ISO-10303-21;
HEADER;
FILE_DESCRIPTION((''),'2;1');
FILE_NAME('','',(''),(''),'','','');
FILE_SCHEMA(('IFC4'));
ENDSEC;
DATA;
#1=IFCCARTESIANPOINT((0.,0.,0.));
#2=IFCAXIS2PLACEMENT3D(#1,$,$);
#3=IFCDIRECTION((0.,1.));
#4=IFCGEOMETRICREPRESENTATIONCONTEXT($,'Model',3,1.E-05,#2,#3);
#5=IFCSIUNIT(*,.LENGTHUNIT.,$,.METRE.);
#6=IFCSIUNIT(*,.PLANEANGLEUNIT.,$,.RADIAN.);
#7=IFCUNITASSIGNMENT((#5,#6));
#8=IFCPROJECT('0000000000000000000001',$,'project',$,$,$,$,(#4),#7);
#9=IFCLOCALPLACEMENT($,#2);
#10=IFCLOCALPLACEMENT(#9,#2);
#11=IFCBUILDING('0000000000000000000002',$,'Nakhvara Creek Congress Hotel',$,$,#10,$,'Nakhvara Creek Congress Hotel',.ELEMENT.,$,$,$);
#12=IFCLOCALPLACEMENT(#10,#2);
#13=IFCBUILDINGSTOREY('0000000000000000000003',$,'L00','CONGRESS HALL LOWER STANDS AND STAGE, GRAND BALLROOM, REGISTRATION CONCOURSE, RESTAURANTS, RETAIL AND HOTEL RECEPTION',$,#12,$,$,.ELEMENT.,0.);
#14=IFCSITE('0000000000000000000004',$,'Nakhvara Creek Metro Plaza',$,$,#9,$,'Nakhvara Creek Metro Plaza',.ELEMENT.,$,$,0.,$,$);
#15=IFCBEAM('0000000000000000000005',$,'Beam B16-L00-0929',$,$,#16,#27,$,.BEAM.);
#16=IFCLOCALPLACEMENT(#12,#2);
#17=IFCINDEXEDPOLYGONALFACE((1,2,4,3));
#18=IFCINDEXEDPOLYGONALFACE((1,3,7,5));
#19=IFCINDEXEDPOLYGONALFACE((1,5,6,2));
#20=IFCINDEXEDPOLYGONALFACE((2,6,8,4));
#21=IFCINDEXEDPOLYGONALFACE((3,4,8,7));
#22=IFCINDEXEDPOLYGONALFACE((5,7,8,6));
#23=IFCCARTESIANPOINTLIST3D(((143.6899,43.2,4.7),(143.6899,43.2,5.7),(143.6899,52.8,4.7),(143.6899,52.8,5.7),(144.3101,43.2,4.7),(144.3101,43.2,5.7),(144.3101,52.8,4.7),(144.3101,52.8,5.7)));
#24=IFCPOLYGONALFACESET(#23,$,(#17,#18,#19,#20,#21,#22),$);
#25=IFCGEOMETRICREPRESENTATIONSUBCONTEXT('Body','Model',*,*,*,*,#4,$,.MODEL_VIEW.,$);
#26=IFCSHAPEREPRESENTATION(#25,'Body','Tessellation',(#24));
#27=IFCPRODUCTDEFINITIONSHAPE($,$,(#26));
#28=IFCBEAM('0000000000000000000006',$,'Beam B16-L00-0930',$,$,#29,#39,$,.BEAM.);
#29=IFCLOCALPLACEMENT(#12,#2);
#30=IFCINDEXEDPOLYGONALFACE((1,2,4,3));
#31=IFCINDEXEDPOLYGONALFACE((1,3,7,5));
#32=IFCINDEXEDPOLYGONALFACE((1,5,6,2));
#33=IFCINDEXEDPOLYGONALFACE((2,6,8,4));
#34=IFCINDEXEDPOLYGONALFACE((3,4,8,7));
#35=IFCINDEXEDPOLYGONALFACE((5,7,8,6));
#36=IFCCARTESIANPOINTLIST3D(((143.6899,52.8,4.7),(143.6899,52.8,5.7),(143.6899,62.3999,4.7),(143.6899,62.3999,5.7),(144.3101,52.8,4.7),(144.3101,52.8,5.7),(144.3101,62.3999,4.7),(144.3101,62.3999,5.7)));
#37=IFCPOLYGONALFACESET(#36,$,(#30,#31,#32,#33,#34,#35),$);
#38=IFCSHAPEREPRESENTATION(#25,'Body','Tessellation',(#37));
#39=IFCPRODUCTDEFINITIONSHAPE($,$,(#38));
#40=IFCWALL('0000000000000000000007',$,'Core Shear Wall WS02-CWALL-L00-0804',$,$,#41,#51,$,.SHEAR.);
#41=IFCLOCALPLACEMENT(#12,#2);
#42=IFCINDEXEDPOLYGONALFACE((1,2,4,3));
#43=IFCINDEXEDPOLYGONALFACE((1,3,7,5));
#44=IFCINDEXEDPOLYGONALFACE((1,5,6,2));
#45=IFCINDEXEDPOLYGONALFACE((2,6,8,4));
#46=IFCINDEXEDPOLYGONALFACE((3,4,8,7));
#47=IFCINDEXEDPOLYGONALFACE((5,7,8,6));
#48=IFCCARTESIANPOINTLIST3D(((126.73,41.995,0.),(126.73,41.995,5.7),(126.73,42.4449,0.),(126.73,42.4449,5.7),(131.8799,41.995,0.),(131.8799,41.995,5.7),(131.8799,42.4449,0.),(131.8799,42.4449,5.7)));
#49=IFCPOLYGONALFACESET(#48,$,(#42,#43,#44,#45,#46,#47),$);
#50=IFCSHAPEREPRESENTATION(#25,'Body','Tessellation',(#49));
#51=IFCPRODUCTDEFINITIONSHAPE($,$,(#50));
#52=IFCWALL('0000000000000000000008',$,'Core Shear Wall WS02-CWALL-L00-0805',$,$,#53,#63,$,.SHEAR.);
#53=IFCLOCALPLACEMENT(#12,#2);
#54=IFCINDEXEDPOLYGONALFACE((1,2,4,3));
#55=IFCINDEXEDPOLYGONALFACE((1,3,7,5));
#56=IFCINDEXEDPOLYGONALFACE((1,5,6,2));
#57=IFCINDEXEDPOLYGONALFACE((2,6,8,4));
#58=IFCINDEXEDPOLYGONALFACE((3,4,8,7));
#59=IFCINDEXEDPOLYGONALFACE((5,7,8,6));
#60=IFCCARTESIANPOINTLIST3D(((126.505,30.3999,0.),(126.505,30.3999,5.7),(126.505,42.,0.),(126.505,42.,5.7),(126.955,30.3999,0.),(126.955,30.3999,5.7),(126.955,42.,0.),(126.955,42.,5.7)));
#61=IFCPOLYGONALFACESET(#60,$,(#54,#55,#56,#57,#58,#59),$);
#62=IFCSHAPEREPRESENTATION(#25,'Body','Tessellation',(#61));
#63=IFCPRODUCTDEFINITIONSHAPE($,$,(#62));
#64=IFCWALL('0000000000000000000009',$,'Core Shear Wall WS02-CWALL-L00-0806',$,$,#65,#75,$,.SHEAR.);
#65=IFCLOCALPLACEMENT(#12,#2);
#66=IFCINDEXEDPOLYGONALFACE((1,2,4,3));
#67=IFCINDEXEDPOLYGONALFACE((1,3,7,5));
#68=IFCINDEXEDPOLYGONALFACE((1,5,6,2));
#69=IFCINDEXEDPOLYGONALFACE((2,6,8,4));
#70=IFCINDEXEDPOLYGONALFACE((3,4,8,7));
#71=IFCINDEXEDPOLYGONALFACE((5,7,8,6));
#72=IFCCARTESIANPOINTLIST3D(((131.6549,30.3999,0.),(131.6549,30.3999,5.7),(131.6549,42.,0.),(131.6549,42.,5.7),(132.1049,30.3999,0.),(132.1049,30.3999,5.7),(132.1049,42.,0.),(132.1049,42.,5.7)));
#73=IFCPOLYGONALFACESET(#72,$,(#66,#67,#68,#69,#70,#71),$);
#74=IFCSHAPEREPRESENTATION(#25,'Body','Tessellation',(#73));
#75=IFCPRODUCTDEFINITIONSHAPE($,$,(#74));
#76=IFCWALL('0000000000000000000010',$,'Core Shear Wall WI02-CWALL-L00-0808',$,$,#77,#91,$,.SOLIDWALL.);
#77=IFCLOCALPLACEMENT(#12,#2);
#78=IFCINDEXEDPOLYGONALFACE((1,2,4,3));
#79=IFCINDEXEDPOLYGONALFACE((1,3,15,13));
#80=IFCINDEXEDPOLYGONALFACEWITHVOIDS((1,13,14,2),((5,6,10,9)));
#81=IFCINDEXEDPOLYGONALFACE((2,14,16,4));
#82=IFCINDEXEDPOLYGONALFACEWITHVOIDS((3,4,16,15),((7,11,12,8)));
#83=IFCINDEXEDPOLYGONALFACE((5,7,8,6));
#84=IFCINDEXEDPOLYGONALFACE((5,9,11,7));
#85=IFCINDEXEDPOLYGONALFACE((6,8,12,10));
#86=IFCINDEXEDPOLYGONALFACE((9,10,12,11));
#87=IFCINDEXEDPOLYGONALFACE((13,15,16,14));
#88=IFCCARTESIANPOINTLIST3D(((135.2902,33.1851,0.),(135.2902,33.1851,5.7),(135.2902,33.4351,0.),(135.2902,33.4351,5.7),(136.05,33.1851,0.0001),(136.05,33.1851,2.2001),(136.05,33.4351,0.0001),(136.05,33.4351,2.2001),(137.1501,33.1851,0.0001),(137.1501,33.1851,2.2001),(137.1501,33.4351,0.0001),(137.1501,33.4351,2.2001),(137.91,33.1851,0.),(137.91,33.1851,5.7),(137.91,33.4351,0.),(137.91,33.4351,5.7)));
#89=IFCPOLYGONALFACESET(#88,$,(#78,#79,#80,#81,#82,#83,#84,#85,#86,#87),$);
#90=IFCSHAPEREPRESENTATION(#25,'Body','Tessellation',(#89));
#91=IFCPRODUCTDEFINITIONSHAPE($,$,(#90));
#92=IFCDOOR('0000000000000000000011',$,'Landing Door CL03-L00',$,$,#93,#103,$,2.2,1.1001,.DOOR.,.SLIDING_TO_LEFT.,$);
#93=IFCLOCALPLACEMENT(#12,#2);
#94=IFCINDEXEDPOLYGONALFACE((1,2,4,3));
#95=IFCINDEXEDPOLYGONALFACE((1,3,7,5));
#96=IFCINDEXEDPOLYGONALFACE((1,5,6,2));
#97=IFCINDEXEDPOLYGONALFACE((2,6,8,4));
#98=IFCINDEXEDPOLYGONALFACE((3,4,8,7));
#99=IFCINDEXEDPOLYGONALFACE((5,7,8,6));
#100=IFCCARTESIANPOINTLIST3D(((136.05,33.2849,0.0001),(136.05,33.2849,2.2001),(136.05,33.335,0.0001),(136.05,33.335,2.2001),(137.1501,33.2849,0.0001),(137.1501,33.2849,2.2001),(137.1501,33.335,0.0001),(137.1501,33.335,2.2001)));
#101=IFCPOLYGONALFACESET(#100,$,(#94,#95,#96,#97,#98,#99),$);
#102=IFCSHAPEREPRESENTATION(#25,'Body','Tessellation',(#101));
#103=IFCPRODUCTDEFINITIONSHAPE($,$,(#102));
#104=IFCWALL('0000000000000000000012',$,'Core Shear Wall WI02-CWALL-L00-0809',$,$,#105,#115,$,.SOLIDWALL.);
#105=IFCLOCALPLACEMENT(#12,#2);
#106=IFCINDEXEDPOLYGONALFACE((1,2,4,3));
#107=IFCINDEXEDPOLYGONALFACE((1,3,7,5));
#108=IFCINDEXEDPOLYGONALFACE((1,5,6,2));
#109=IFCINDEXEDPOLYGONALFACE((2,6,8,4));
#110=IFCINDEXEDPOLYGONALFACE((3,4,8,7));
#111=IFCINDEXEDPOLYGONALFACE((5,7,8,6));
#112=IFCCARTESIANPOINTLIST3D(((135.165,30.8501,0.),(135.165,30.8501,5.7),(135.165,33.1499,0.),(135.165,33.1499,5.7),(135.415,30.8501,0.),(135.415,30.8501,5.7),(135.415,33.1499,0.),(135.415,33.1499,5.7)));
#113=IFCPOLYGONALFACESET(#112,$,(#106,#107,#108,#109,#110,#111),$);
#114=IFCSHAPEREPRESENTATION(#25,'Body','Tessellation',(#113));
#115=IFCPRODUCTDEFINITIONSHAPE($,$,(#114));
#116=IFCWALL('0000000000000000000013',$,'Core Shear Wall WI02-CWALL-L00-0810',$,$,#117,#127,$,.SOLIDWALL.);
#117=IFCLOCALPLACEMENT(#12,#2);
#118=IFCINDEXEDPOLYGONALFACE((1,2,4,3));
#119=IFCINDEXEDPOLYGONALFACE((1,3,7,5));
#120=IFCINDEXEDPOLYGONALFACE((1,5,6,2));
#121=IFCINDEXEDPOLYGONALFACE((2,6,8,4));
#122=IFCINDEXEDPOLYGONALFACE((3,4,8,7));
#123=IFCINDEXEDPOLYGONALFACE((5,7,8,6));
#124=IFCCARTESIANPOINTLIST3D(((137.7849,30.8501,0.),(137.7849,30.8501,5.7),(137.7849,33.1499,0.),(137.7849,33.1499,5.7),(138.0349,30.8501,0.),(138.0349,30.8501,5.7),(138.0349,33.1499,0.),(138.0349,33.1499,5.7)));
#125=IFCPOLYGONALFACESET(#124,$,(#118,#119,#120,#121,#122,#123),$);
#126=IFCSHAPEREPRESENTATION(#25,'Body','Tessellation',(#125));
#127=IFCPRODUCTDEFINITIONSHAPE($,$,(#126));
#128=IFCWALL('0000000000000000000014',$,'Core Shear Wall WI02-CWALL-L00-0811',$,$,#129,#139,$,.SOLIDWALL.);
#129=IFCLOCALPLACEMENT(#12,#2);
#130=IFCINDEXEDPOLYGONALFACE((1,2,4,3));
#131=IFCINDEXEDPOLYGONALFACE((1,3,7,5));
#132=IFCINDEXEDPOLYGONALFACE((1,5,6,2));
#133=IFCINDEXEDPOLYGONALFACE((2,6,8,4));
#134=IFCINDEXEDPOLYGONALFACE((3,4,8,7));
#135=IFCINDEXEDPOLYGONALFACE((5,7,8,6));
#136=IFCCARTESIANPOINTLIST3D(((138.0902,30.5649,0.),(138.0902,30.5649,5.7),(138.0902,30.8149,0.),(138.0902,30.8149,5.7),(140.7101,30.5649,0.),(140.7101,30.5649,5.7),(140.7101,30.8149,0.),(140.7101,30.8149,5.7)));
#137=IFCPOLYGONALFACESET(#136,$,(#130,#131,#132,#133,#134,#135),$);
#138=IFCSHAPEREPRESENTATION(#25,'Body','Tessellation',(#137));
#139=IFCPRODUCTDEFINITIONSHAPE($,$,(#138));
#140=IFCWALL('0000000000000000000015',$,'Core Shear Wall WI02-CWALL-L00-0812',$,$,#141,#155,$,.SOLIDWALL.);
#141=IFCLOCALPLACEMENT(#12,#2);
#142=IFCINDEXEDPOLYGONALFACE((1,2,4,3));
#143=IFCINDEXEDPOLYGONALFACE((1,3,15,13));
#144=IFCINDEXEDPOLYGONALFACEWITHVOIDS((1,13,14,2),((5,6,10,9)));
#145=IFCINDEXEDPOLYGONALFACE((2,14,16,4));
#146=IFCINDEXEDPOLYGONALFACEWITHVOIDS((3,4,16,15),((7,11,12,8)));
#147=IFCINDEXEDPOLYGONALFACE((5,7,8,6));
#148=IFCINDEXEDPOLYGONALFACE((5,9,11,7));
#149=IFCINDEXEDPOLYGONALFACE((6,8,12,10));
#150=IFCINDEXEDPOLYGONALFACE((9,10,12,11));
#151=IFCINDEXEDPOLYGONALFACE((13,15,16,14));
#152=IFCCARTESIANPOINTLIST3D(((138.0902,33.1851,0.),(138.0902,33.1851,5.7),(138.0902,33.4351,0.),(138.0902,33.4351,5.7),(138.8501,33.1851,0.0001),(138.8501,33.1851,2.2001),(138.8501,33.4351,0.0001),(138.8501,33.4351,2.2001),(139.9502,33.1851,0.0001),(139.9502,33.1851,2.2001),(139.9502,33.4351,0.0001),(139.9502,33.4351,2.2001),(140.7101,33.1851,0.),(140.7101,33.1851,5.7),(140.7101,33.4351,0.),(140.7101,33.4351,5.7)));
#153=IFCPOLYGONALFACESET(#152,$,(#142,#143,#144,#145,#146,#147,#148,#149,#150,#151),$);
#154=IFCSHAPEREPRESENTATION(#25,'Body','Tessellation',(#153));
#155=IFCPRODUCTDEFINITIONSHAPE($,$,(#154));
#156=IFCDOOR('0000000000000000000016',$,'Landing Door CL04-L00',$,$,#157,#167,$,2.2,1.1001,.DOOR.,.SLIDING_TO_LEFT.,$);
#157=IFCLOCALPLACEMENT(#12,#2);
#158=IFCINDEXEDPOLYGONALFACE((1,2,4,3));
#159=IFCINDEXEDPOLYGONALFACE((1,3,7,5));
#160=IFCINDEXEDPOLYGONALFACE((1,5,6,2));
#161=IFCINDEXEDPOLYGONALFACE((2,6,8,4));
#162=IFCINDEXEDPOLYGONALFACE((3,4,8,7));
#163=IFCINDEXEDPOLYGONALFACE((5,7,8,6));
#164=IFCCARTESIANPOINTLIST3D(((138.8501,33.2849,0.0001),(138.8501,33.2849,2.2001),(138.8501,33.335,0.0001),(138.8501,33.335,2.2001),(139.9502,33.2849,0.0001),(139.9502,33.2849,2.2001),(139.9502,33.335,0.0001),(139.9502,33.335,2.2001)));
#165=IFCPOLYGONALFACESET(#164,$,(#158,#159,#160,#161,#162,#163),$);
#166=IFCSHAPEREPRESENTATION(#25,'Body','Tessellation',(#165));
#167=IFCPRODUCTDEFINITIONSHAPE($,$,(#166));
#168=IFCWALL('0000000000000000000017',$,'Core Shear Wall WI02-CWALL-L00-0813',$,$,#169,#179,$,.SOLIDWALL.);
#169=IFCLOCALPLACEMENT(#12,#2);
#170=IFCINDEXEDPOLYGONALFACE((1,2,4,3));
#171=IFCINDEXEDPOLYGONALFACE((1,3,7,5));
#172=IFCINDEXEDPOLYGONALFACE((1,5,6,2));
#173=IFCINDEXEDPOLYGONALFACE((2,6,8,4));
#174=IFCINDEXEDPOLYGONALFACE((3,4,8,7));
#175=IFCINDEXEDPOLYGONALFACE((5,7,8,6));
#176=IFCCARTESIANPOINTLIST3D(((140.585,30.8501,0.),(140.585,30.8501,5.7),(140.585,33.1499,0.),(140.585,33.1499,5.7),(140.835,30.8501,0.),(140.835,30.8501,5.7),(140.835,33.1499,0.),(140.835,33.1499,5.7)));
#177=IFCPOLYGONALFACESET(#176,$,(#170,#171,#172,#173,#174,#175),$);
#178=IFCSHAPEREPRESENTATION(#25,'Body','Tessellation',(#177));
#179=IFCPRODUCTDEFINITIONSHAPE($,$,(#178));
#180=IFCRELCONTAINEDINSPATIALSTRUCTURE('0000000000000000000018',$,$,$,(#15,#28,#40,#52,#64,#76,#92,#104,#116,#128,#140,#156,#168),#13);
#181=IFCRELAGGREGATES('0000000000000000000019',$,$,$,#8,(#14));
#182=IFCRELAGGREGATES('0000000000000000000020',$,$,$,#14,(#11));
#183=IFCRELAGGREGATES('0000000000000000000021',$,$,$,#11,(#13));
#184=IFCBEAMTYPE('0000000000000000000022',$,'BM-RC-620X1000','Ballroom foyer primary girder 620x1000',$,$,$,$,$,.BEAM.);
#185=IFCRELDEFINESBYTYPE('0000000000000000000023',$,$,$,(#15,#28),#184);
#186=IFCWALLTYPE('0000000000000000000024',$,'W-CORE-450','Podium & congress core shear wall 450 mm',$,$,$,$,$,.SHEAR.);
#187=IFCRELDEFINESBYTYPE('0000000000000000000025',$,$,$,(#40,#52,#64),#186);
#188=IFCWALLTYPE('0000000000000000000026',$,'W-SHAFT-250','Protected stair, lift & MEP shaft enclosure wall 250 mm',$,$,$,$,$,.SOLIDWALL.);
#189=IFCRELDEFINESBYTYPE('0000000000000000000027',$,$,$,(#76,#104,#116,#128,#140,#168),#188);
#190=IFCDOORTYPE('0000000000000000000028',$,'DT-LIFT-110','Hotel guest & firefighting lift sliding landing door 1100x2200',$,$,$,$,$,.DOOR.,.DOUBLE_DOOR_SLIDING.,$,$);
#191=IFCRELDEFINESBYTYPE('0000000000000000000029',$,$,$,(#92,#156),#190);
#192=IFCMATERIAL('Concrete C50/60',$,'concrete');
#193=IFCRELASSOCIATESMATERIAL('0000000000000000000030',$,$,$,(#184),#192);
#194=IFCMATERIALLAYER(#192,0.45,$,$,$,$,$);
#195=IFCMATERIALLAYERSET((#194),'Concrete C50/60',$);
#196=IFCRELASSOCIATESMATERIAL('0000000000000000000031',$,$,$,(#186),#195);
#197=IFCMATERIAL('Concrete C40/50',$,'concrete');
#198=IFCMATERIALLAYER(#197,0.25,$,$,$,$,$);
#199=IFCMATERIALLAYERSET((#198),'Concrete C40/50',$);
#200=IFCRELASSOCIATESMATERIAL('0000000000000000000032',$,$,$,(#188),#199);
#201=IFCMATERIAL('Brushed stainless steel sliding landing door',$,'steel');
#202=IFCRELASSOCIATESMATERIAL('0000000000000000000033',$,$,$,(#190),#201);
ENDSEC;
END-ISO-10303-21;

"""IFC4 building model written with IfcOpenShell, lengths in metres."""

from ifc_helpers import new_model, si_unit, direction, frame, frame_2d, origin, origin_2d, place, context, subcontext, project, spatial, rectangle, extrude, material, layer, layer_set, material_profile, profile_set, type_object, element, fill, save


model = new_model("IFC4")

# Units and contexts
model_context = context("Model", 3, precision=1e-05, world=origin(), true_north=direction((0.0, 1.0)))
body_context = subcontext(model_context, "Body", "Model", "MODEL_VIEW")
ifc_project = project(units=[si_unit("LENGTHUNIT", "METRE"), si_unit("PLANEANGLEUNIT", "RADIAN")], contexts=[model_context])

# Site, building, storey
site_placement = place(None, origin())
site = spatial("IfcSite", under=ifc_project, at=site_placement, Name="Nakhvara Creek Metro Plaza", LongName="Nakhvara Creek Metro Plaza", CompositionType="ELEMENT", RefElevation=0.0)
building_placement = place(site_placement, origin())
building = spatial("IfcBuilding", under=site, at=building_placement, Name="Nakhvara Creek Congress Hotel", LongName="Nakhvara Creek Congress Hotel", CompositionType="ELEMENT")
storey_placement = place(building_placement, origin())
storey = spatial("IfcBuildingStorey", under=building, at=storey_placement, Name="L00", Description="CONGRESS HALL LOWER STANDS AND STAGE, GRAND BALLROOM, REGISTRATION CONCOURSE, RESTAURANTS, RETAIL AND HOTEL RECEPTION", CompositionType="ELEMENT", Elevation=0.0)

# Shared definitions
ifc_material_1 = material(Name="Concrete C50/60", Category="concrete")

# Beams
ifc_material_profile_1 = material_profile(ifc_material_1, rectangle(XDim=0.6201, YDim=1.0, at=origin_2d()), Name="RC-BM 620x1000", Category="LoadBearing")
ifc_profile_set_1 = profile_set([ifc_material_profile_1], Name="Concrete C50/60")
beam_type = type_object("IfcBeamType", Name="BM-RC-620X1000", Description="Ballroom foyer primary girder 620x1000", PredefinedType="BEAM", material=ifc_profile_set_1)
beam_1_placement = place(storey_placement, frame((144.0, 43.2, 5.2), z_axis=(0.0, 1.0, 0.0), x_axis=(-1.0, 0.0, 0.0)))
element("IfcBeam", 1, at=beam_1_placement, inside=storey, type_object=beam_type, Name="Beam B16-L00-0929", PredefinedType="BEAM", context=body_context, shape_type="SweptSolid", body=[
    extrude(rectangle(XDim=0.6201, YDim=1.0, at=origin_2d()), origin(), (0.0, 0.0, 1.0), 9.6001),
])
beam_2_placement = place(storey_placement, frame((144.0, 52.8, 5.2), z_axis=(0.0, 1.0, 0.0), x_axis=(-1.0, 0.0, 0.0)))
element("IfcBeam", 2, at=beam_2_placement, inside=storey, type_object=beam_type, Name="Beam B16-L00-0930", PredefinedType="BEAM", context=body_context, shape_type="SweptSolid", body=[
    extrude(rectangle(XDim=0.6201, YDim=1.0, at=origin_2d()), origin(), (0.0, 0.0, 1.0), 9.5999),
])

# Walls
ifc_layer_1 = layer(ifc_material_1, 0.45)
ifc_layer_set_1 = layer_set([ifc_layer_1], Name="Concrete C50/60")
wall_type_1 = type_object("IfcWallType", Name="W-CORE-450", Description="Podium & congress core shear wall 450 mm", PredefinedType="SHEAR", material=ifc_layer_set_1)
wall_1_placement = place(storey_placement, frame((126.73, 42.22, 0.0), z_axis=(0.0, 0.0, 1.0), x_axis=(1.0, 0.0, 0.0)))
element("IfcWall", 3, at=wall_1_placement, inside=storey, type_object=wall_type_1, Name="Core Shear Wall WS02-CWALL-L00-0804", PredefinedType="SHEAR", context=body_context, shape_type="SweptSolid", body=[
    extrude(rectangle(XDim=5.1499, YDim=0.45, at=frame_2d((2.575, 0.0))), origin(), (0.0, 0.0, 1.0), 5.7),
])
for number, where, z_axis, x_axis, name in (
    (4, (126.73, 30.3999, 0.0), (0.0, 0.0, 1.0), (0.0, 1.0, 0.0), "Core Shear Wall WS02-CWALL-L00-0805"),
    (5, (131.8799, 30.3999, 0.0), (0.0, 0.0, 1.0), (0.0, 1.0, 0.0), "Core Shear Wall WS02-CWALL-L00-0806"),
):
    element("IfcWall", number, at=place(storey_placement, frame(where, z_axis=z_axis, x_axis=x_axis)), inside=storey, type_object=wall_type_1, Name=name, PredefinedType="SHEAR", context=body_context, shape_type="SweptSolid", body=[
        extrude(rectangle(XDim=11.6001, YDim=0.45, at=frame_2d((5.8, 0.0))), origin(), (0.0, 0.0, 1.0), 5.7),
    ])
ifc_material_2 = material(Name="Concrete C40/50", Category="concrete")
ifc_layer_2 = layer(ifc_material_2, 0.25)
ifc_layer_set_2 = layer_set([ifc_layer_2], Name="Concrete C40/50")
wall_type_2 = type_object("IfcWallType", Name="W-SHAFT-250", Description="Protected stair, lift & MEP shaft enclosure wall 250 mm", PredefinedType="SOLIDWALL", material=ifc_layer_set_2)

# Wall, opening, door
wall_2_placement = place(storey_placement, frame((135.29, 33.3101, 0.0), z_axis=(0.0, 0.0, 1.0), x_axis=(1.0, 0.0, 0.0)))
wall_2 = element("IfcWall", 6, at=wall_2_placement, inside=storey, type_object=wall_type_2, Name="Core Shear Wall WI02-CWALL-L00-0808", PredefinedType="SOLIDWALL", context=body_context, shape_type="SweptSolid", body=[
    extrude(rectangle(XDim=2.6199, YDim=0.25, at=frame_2d((1.3101, 0.0))), origin(), (0.0, 0.0, 1.0), 5.7),
])
opening_1_placement = place(wall_2_placement, frame((0.76, 0.0, 0.0)))
opening_1 = element("IfcOpeningElement", 7, at=opening_1_placement, cuts=wall_2, PredefinedType="OPENING", context=body_context, shape_type="SweptSolid", body=[
    extrude(rectangle(XDim=1.1001, YDim=2.2, at=frame_2d((0.55, 1.1001))), frame((0.0, 0.137, 0.0), z_axis=(0.0, -1.0, 0.0), x_axis=(1.0, 0.0, 0.0)), (0.0, 0.0, 1.0), 0.2739),
])
ifc_material_3 = material(Name="Brushed stainless steel sliding landing door", Category="steel")
door_type = type_object("IfcDoorType", Name="DT-LIFT-110", Description="Hotel guest & firefighting lift sliding landing door 1100x2200", OperationType="DOUBLE_DOOR_SLIDING", PredefinedType="DOOR", material=ifc_material_3)
door_1_placement = place(opening_1_placement, origin())
door_1 = element("IfcDoor", 8, at=door_1_placement, inside=storey, type_object=door_type, Name="Landing Door CL03-L00", OperationType="SLIDING_TO_LEFT", OverallHeight=2.2, OverallWidth=1.1001, PredefinedType="DOOR", context=body_context, shape_type="SweptSolid", body=[
    extrude(rectangle(XDim=1.1001, YDim=2.2, at=frame_2d((0.55, 1.1001))), frame((0.0, 0.0249, 0.0), z_axis=(0.0, -1.0, 0.0), x_axis=(1.0, 0.0, 0.0)), (0.0, 0.0, 1.0), 0.05),
])
fill(opening_1, door_1)

# Walls
for number, where, z_axis, x_axis, name in (
    (9, (135.29, 30.8501, 0.0), (0.0, 0.0, 1.0), (0.0, 1.0, 0.0), "Core Shear Wall WI02-CWALL-L00-0809"),
    (10, (137.9099, 30.8501, 0.0), (0.0, 0.0, 1.0), (0.0, 1.0, 0.0), "Core Shear Wall WI02-CWALL-L00-0810"),
):
    element("IfcWall", number, at=place(storey_placement, frame(where, z_axis=z_axis, x_axis=x_axis)), inside=storey, type_object=wall_type_2, Name=name, PredefinedType="SOLIDWALL", context=body_context, shape_type="SweptSolid", body=[
        extrude(rectangle(XDim=2.2998, YDim=0.25, at=frame_2d((1.1499, 0.0))), origin(), (0.0, 0.0, 1.0), 5.7),
    ])
wall_3_placement = place(storey_placement, frame((138.0901, 30.6899, 0.0), z_axis=(0.0, 0.0, 1.0), x_axis=(1.0, 0.0, 0.0)))
element("IfcWall", 11, at=wall_3_placement, inside=storey, type_object=wall_type_2, Name="Core Shear Wall WI02-CWALL-L00-0811", PredefinedType="SOLIDWALL", context=body_context, shape_type="SweptSolid", body=[
    extrude(rectangle(XDim=2.6199, YDim=0.25, at=frame_2d((1.3101, 0.0))), origin(), (0.0, 0.0, 1.0), 5.7),
])

# Wall, opening, door
wall_4_placement = place(storey_placement, frame((138.0901, 33.3101, 0.0), z_axis=(0.0, 0.0, 1.0), x_axis=(1.0, 0.0, 0.0)))
wall_4 = element("IfcWall", 12, at=wall_4_placement, inside=storey, type_object=wall_type_2, Name="Core Shear Wall WI02-CWALL-L00-0812", PredefinedType="SOLIDWALL", context=body_context, shape_type="SweptSolid", body=[
    extrude(rectangle(XDim=2.6199, YDim=0.25, at=frame_2d((1.3101, 0.0))), origin(), (0.0, 0.0, 1.0), 5.7),
])
opening_2_placement = place(wall_4_placement, frame((0.76, 0.0, 0.0)))
opening_2 = element("IfcOpeningElement", 13, at=opening_2_placement, cuts=wall_4, PredefinedType="OPENING", context=body_context, shape_type="SweptSolid", body=[
    extrude(rectangle(XDim=1.1001, YDim=2.2, at=frame_2d((0.55, 1.1001))), frame((0.0, 0.137, 0.0), z_axis=(0.0, -1.0, 0.0), x_axis=(1.0, 0.0, 0.0)), (0.0, 0.0, 1.0), 0.2739),
])
door_2_placement = place(opening_2_placement, origin())
door_2 = element("IfcDoor", 14, at=door_2_placement, inside=storey, type_object=door_type, Name="Landing Door CL04-L00", OperationType="SLIDING_TO_LEFT", OverallHeight=2.2, OverallWidth=1.1001, PredefinedType="DOOR", context=body_context, shape_type="SweptSolid", body=[
    extrude(rectangle(XDim=1.1001, YDim=2.2, at=frame_2d((0.55, 1.1001))), frame((0.0, 0.0249, 0.0), z_axis=(0.0, -1.0, 0.0), x_axis=(1.0, 0.0, 0.0)), (0.0, 0.0, 1.0), 0.05),
])
fill(opening_2, door_2)

# Wall
wall_5_placement = place(storey_placement, frame((140.71, 30.8501, 0.0), z_axis=(0.0, 0.0, 1.0), x_axis=(0.0, 1.0, 0.0)))
element("IfcWall", 15, at=wall_5_placement, inside=storey, type_object=wall_type_2, Name="Core Shear Wall WI02-CWALL-L00-0813", PredefinedType="SOLIDWALL", context=body_context, shape_type="SweptSolid", body=[
    extrude(rectangle(XDim=2.2998, YDim=0.25, at=frame_2d((1.1499, 0.0))), origin(), (0.0, 0.0, 1.0), 5.7),
])

save(model, "model.ifc")
